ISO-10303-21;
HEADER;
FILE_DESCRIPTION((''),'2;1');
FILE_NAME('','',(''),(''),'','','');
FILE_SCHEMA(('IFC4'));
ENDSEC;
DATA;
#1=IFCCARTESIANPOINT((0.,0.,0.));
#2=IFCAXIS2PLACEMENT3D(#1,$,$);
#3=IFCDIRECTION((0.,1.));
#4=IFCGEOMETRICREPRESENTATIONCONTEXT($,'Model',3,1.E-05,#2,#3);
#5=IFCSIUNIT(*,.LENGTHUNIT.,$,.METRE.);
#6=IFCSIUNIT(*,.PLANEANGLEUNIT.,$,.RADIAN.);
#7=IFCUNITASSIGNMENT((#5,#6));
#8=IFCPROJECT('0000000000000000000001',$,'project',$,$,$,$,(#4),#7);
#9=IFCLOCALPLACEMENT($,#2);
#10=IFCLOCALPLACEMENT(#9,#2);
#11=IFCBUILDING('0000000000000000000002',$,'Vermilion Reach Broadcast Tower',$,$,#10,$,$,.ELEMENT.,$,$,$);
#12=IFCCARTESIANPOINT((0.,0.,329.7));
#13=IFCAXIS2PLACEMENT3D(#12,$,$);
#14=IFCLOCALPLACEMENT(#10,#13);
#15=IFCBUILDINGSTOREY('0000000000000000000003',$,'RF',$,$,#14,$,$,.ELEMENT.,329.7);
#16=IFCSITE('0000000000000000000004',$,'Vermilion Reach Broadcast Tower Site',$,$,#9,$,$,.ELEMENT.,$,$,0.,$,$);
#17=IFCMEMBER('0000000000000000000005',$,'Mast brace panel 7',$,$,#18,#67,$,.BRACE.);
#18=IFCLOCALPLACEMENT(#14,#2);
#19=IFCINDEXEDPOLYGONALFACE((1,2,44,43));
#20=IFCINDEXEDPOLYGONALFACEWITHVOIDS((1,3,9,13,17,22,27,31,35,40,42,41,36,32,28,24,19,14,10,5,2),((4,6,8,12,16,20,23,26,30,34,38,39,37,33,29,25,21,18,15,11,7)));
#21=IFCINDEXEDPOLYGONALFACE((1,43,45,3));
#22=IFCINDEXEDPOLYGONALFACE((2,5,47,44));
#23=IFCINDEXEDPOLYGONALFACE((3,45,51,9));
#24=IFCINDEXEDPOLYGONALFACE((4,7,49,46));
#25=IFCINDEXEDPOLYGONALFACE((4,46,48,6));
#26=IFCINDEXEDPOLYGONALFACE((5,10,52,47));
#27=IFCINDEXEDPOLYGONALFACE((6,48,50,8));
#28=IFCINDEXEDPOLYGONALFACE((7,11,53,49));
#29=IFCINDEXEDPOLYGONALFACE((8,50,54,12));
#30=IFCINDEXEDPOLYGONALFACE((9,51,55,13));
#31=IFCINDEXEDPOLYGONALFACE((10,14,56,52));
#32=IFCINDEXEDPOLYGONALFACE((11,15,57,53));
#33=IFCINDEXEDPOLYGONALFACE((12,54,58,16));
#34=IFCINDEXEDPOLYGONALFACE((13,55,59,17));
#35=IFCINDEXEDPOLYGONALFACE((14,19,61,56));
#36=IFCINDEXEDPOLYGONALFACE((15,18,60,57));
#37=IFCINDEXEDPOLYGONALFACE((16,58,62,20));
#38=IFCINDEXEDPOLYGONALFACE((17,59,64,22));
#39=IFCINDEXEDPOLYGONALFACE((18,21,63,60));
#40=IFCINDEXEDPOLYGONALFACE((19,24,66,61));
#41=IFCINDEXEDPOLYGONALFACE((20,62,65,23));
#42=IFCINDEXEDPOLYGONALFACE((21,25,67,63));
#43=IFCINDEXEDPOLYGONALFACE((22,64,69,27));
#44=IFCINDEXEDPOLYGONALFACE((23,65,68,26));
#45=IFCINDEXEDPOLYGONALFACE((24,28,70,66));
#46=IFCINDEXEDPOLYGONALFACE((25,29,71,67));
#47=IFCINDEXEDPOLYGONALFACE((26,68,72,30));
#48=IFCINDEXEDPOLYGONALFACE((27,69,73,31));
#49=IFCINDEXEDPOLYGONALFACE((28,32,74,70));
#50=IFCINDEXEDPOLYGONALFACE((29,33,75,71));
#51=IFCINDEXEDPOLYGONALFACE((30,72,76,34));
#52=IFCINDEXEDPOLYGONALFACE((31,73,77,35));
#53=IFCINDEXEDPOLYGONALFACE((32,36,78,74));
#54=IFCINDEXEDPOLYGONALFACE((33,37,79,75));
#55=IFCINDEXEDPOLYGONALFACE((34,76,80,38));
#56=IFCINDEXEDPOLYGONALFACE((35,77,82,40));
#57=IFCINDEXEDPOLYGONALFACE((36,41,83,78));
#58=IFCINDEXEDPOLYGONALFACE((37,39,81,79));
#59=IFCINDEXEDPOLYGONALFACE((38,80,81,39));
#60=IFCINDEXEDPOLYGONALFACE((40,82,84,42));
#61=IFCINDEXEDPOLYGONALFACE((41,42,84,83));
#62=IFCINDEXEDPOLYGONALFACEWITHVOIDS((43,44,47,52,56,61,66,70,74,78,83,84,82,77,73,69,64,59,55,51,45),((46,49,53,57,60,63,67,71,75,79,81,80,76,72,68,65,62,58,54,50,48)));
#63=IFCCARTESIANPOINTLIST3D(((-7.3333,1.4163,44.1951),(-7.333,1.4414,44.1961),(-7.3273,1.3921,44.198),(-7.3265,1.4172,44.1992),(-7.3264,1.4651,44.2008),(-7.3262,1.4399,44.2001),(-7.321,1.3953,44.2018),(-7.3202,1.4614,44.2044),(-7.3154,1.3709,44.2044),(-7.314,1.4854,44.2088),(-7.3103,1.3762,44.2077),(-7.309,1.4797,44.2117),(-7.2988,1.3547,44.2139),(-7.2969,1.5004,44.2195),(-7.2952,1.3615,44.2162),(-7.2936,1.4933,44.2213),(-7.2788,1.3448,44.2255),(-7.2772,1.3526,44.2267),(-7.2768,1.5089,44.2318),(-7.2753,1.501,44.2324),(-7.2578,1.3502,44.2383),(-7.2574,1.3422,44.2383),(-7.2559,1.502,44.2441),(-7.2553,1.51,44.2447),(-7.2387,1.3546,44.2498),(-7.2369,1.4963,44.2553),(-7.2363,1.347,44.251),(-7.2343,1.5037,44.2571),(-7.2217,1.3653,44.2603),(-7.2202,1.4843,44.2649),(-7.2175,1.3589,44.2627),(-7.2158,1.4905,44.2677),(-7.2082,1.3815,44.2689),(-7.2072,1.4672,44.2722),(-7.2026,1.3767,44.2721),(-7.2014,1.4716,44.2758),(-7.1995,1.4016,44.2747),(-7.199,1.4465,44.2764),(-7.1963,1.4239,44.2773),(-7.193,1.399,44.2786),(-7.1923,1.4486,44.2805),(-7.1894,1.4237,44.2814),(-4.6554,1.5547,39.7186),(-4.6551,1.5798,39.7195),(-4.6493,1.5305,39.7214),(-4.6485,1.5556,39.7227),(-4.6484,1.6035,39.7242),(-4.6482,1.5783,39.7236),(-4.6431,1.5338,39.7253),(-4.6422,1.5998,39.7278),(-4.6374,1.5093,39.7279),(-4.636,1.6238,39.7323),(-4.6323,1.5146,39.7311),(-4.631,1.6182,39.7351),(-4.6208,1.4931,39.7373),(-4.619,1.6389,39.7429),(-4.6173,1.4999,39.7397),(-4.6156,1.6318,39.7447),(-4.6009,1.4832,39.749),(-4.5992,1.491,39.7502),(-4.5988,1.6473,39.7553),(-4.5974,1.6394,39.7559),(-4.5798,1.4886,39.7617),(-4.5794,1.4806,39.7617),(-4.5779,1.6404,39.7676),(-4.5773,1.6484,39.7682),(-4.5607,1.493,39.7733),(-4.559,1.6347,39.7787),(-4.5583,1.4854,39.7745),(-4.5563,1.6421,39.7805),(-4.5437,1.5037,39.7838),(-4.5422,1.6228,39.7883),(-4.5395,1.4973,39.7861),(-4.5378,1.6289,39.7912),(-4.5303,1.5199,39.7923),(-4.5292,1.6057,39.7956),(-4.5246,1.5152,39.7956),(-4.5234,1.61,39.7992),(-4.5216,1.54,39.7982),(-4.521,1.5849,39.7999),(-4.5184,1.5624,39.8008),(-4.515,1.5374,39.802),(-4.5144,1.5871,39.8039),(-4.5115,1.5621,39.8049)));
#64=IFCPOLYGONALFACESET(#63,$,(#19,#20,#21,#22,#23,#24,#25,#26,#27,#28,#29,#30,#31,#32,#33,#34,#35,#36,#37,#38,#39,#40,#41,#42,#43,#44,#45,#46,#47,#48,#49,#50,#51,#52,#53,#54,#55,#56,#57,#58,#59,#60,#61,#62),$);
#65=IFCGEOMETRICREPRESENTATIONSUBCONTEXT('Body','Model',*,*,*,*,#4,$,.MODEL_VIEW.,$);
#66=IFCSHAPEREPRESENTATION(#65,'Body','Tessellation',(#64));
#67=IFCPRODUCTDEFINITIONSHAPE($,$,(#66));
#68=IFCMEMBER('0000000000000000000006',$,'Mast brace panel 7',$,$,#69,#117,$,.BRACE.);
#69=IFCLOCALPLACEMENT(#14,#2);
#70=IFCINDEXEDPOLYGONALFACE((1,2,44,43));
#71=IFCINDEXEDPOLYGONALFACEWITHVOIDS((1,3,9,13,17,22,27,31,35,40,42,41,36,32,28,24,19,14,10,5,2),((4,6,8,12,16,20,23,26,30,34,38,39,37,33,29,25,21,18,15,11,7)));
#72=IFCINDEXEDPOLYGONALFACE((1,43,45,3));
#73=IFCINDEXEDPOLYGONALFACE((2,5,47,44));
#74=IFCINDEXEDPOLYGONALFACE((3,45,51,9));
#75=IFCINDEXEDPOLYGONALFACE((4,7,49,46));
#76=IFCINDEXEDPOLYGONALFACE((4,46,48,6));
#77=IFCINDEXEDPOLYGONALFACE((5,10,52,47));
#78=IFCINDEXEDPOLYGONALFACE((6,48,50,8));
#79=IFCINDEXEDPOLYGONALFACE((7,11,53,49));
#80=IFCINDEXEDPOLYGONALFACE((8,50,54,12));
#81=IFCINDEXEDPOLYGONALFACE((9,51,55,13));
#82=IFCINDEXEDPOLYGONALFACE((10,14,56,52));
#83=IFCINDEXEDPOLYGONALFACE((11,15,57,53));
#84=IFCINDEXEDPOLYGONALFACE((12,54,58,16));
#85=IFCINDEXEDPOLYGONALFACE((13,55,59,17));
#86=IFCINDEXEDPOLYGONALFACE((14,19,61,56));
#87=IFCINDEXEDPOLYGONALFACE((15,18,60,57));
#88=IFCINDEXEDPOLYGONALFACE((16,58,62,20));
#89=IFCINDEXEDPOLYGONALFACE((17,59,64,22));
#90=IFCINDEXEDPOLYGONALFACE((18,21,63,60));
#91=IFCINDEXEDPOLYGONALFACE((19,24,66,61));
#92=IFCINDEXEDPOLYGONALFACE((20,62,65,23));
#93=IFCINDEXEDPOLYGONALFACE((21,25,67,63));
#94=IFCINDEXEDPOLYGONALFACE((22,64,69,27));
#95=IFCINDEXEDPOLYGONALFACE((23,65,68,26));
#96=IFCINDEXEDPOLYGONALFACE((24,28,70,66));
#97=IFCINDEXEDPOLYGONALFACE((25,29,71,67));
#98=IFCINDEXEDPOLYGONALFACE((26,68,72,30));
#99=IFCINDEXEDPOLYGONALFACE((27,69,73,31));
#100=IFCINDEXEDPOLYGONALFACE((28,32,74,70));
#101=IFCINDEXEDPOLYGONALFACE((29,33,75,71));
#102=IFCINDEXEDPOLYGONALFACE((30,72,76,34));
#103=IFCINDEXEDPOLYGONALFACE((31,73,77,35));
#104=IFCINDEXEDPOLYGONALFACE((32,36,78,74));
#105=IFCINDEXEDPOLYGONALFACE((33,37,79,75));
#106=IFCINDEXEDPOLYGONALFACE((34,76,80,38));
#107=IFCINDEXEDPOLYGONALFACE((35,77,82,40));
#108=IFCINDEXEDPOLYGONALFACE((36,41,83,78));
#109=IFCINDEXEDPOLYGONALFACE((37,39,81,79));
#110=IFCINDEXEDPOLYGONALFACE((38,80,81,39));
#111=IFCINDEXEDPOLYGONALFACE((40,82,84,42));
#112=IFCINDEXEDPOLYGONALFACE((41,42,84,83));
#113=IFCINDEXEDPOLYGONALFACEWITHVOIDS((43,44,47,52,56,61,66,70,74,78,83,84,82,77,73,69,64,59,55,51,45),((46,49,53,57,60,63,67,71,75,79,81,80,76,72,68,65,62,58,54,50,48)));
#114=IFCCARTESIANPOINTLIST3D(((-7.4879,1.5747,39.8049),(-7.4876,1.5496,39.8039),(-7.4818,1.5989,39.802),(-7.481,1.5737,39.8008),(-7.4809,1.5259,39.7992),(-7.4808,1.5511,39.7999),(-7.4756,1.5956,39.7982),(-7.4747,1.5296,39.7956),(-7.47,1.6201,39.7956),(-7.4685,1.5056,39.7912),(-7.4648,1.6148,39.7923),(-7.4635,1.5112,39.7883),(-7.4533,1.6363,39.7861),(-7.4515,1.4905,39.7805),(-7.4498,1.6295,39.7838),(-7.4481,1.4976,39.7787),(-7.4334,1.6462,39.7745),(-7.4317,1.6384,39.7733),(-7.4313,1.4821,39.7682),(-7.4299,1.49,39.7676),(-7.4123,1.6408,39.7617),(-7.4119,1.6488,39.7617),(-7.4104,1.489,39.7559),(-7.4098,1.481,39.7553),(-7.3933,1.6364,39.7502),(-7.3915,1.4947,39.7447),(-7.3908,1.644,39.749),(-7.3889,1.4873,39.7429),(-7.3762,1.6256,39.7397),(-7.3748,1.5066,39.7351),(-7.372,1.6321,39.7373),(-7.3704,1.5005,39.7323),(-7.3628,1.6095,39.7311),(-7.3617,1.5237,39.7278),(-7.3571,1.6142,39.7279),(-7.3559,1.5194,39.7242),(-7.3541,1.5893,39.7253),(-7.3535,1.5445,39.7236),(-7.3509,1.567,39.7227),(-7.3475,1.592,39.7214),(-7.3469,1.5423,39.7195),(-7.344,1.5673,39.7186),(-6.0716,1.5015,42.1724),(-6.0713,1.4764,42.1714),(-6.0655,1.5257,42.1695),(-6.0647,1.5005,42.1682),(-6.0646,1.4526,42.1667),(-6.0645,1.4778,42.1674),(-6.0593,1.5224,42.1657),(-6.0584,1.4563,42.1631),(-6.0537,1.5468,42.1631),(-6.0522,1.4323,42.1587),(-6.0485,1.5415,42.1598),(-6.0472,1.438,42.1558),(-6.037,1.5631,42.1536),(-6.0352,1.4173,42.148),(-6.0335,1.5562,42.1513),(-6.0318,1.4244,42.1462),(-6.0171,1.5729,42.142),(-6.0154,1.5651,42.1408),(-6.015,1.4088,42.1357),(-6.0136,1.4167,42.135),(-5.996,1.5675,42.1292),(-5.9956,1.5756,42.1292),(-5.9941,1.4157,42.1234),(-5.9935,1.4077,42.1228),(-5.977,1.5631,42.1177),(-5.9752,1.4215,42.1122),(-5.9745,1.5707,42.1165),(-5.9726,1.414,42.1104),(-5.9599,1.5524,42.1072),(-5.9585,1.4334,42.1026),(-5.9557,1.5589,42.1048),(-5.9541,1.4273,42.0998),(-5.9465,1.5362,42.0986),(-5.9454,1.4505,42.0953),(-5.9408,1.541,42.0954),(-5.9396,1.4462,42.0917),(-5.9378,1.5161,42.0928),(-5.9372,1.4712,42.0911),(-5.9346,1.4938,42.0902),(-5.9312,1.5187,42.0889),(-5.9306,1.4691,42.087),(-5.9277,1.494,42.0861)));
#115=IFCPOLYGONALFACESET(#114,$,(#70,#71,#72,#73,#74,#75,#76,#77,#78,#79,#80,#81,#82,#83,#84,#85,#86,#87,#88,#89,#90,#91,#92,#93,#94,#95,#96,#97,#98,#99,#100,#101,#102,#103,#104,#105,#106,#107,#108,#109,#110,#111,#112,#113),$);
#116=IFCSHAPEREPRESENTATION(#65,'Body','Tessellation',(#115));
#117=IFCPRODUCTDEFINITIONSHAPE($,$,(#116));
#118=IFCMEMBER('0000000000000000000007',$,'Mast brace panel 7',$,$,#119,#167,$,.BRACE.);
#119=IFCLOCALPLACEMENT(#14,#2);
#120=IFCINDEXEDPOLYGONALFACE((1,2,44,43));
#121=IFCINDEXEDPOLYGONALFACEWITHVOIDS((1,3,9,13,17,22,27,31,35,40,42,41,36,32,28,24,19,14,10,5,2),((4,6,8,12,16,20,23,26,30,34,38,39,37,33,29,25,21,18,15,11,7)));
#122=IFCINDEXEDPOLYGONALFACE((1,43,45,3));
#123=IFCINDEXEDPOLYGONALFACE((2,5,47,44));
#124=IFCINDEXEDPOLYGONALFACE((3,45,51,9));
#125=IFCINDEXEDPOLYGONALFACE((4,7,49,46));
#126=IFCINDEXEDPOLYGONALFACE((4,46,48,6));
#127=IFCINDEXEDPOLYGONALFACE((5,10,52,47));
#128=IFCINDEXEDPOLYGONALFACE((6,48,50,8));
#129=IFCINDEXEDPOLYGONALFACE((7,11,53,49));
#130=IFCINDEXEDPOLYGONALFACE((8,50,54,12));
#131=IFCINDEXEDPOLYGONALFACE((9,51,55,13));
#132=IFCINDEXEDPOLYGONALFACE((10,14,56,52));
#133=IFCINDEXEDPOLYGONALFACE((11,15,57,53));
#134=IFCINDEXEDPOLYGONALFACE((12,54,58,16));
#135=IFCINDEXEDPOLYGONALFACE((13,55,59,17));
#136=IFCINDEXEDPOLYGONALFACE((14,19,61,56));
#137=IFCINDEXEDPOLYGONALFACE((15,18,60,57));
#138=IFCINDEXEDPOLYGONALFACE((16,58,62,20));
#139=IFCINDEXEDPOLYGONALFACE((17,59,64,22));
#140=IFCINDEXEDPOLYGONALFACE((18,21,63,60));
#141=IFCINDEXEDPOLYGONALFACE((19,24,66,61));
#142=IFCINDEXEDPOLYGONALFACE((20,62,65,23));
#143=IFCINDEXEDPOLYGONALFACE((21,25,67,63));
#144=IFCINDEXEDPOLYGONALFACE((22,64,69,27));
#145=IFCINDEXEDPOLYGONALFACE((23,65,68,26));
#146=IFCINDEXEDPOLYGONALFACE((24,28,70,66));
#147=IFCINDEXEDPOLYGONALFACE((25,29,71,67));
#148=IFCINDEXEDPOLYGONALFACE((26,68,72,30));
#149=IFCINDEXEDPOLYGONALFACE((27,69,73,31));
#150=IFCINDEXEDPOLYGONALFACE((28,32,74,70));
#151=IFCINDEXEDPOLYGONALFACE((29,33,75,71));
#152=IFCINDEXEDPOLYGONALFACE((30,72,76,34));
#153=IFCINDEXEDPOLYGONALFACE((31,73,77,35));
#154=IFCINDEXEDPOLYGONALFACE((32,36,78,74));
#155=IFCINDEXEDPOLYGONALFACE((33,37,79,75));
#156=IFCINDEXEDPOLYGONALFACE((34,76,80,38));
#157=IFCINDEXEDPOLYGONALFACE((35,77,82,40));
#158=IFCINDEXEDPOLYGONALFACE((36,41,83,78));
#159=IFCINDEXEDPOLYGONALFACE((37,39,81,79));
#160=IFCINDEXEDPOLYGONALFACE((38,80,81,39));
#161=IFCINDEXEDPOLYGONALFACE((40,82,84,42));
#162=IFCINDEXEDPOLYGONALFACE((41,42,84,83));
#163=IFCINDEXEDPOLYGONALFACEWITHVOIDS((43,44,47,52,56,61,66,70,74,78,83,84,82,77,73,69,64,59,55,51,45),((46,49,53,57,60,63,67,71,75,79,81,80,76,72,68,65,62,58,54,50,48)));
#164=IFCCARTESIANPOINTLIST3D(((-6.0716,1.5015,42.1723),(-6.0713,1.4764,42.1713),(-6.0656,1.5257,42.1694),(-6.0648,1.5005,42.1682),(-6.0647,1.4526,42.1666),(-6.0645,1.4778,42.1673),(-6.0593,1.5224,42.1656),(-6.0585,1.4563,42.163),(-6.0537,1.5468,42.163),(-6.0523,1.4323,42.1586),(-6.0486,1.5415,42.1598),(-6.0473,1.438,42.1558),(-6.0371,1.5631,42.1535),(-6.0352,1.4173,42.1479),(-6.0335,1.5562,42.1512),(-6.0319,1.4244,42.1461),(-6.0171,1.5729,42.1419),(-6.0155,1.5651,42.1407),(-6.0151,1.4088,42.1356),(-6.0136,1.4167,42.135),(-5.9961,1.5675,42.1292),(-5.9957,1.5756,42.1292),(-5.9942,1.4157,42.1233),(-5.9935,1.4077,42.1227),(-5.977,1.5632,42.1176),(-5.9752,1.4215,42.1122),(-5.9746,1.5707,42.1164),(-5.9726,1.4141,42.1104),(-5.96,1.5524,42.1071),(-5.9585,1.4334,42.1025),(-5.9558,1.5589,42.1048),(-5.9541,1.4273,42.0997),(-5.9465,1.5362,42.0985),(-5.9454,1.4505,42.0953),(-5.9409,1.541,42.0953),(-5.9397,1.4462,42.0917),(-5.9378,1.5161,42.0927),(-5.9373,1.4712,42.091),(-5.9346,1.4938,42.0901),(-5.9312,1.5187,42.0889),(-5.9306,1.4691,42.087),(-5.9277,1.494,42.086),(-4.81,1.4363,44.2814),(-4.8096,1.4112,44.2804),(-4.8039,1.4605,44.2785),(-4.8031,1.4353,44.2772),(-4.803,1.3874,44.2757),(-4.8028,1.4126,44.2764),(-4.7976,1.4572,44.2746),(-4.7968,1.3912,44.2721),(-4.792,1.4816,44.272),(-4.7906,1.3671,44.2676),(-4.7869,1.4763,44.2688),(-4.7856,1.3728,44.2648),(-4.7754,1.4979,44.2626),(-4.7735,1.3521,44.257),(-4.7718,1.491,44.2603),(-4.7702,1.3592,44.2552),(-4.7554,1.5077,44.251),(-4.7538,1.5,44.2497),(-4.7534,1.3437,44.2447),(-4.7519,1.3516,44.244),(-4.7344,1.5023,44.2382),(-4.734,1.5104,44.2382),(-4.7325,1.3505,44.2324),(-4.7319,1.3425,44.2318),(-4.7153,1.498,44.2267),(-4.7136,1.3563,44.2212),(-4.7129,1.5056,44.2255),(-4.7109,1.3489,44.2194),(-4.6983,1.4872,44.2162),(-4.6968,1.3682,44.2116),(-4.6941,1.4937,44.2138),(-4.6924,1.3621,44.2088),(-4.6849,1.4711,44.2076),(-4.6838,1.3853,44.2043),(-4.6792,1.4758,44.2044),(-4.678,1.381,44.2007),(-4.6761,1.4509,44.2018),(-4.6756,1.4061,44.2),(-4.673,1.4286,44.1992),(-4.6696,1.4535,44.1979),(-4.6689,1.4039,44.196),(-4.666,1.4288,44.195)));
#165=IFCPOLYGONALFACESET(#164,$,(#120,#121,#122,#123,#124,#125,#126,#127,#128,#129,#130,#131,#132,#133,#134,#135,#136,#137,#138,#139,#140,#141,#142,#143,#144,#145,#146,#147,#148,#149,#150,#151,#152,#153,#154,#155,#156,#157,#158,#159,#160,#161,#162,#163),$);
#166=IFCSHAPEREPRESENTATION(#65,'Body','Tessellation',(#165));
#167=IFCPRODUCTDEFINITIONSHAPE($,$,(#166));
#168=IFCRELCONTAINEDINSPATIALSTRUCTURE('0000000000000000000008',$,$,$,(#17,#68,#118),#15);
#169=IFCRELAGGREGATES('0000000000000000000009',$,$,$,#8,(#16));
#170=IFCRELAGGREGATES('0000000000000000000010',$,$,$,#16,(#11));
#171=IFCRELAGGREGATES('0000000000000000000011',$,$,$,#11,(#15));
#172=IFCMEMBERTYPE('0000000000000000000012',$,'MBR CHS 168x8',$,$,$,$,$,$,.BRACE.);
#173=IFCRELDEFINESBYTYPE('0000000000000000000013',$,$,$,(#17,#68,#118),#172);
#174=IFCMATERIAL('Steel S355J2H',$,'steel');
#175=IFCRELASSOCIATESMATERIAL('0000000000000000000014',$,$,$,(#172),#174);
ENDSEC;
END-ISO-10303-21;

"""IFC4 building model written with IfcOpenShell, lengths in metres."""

from ifc_helpers import new_model, si_unit, direction, frame, origin, origin_2d, place, context, subcontext, project, spatial, hollow_circle, extrude, material, material_profile, profile_set, type_object, element, save


model = new_model("IFC4")

# Units and contexts
model_context = context("Model", 3, precision=1e-05, world=origin(), true_north=direction((0.0, 1.0)))
body_context = subcontext(model_context, "Body", "Model", "MODEL_VIEW")
ifc_project = project(units=[si_unit("LENGTHUNIT", "METRE"), si_unit("PLANEANGLEUNIT", "RADIAN")], contexts=[model_context])

# Site, building, storey
site_placement = place(None, origin())
site = spatial("IfcSite", under=ifc_project, at=site_placement, Name="Vermilion Reach Broadcast Tower Site", CompositionType="ELEMENT", RefElevation=0.0)
building_placement = place(site_placement, origin())
building = spatial("IfcBuilding", under=site, at=building_placement, Name="Vermilion Reach Broadcast Tower", CompositionType="ELEMENT")
storey_placement = place(building_placement, frame((0.0, 0.0, 329.7)))
storey = spatial("IfcBuildingStorey", under=building, at=storey_placement, Name="RF", CompositionType="ELEMENT", Elevation=329.7)

# Members
ifc_material = material(Name="Steel S355J2H", Category="steel")
ifc_material_profile = material_profile(ifc_material, hollow_circle(Radius=0.0842, WallThickness=0.0081, at=origin_2d()), Name="S355J2H CHS 168x8")
ifc_profile_set = profile_set([ifc_material_profile], Name="Steel S355J2H")
member_type = type_object("IfcMemberType", Name="MBR CHS 168x8", PredefinedType="BRACE", material=ifc_profile_set)
member_1_placement = place(storey_placement, frame((-4.5837, 1.5647, 39.7617), z_axis=(-0.513193, -0.026528, 0.857863), x_axis=(0.051622, -0.998667, 0.0)))
element("IfcMember", 1, at=member_1_placement, inside=storey, type_object=member_type, Name="Mast brace panel 7", PredefinedType="BRACE", context=body_context, shape_type="SweptSolid", body=[
    extrude(hollow_circle(Radius=0.0842, WallThickness=0.0081, at=origin_2d()), origin(), (0.0, 0.0, 1.0), 5.2183),
])
member_2_placement = place(storey_placement, frame((-7.4163, 1.5647, 39.7617), z_axis=(0.513195, -0.02654, 0.857861), x_axis=(0.051646, 0.998665, 0.0)))
element("IfcMember", 2, at=member_2_placement, inside=storey, type_object=member_type, Name="Mast brace panel 7", PredefinedType="BRACE", context=body_context, shape_type="SweptSolid", body=[
    extrude(hollow_circle(Radius=0.0842, WallThickness=0.0081, at=origin_2d()), origin(), (0.0, 0.0, 1.0), 2.7598),
])
member_3_placement = place(storey_placement, frame((-6.0, 1.4915, 42.1292), z_axis=(0.51319, -0.026513, 0.857865), x_axis=(0.051595, 0.998668, 0.0)))
element("IfcMember", 3, at=member_3_placement, inside=storey, type_object=member_type, Name="Mast brace panel 7", PredefinedType="BRACE", context=body_context, shape_type="SweptSolid", body=[
    extrude(hollow_circle(Radius=0.0842, WallThickness=0.0081, at=origin_2d()), origin(), (0.0, 0.0, 1.0), 2.4585),
])

save(model, "model.ifc")
